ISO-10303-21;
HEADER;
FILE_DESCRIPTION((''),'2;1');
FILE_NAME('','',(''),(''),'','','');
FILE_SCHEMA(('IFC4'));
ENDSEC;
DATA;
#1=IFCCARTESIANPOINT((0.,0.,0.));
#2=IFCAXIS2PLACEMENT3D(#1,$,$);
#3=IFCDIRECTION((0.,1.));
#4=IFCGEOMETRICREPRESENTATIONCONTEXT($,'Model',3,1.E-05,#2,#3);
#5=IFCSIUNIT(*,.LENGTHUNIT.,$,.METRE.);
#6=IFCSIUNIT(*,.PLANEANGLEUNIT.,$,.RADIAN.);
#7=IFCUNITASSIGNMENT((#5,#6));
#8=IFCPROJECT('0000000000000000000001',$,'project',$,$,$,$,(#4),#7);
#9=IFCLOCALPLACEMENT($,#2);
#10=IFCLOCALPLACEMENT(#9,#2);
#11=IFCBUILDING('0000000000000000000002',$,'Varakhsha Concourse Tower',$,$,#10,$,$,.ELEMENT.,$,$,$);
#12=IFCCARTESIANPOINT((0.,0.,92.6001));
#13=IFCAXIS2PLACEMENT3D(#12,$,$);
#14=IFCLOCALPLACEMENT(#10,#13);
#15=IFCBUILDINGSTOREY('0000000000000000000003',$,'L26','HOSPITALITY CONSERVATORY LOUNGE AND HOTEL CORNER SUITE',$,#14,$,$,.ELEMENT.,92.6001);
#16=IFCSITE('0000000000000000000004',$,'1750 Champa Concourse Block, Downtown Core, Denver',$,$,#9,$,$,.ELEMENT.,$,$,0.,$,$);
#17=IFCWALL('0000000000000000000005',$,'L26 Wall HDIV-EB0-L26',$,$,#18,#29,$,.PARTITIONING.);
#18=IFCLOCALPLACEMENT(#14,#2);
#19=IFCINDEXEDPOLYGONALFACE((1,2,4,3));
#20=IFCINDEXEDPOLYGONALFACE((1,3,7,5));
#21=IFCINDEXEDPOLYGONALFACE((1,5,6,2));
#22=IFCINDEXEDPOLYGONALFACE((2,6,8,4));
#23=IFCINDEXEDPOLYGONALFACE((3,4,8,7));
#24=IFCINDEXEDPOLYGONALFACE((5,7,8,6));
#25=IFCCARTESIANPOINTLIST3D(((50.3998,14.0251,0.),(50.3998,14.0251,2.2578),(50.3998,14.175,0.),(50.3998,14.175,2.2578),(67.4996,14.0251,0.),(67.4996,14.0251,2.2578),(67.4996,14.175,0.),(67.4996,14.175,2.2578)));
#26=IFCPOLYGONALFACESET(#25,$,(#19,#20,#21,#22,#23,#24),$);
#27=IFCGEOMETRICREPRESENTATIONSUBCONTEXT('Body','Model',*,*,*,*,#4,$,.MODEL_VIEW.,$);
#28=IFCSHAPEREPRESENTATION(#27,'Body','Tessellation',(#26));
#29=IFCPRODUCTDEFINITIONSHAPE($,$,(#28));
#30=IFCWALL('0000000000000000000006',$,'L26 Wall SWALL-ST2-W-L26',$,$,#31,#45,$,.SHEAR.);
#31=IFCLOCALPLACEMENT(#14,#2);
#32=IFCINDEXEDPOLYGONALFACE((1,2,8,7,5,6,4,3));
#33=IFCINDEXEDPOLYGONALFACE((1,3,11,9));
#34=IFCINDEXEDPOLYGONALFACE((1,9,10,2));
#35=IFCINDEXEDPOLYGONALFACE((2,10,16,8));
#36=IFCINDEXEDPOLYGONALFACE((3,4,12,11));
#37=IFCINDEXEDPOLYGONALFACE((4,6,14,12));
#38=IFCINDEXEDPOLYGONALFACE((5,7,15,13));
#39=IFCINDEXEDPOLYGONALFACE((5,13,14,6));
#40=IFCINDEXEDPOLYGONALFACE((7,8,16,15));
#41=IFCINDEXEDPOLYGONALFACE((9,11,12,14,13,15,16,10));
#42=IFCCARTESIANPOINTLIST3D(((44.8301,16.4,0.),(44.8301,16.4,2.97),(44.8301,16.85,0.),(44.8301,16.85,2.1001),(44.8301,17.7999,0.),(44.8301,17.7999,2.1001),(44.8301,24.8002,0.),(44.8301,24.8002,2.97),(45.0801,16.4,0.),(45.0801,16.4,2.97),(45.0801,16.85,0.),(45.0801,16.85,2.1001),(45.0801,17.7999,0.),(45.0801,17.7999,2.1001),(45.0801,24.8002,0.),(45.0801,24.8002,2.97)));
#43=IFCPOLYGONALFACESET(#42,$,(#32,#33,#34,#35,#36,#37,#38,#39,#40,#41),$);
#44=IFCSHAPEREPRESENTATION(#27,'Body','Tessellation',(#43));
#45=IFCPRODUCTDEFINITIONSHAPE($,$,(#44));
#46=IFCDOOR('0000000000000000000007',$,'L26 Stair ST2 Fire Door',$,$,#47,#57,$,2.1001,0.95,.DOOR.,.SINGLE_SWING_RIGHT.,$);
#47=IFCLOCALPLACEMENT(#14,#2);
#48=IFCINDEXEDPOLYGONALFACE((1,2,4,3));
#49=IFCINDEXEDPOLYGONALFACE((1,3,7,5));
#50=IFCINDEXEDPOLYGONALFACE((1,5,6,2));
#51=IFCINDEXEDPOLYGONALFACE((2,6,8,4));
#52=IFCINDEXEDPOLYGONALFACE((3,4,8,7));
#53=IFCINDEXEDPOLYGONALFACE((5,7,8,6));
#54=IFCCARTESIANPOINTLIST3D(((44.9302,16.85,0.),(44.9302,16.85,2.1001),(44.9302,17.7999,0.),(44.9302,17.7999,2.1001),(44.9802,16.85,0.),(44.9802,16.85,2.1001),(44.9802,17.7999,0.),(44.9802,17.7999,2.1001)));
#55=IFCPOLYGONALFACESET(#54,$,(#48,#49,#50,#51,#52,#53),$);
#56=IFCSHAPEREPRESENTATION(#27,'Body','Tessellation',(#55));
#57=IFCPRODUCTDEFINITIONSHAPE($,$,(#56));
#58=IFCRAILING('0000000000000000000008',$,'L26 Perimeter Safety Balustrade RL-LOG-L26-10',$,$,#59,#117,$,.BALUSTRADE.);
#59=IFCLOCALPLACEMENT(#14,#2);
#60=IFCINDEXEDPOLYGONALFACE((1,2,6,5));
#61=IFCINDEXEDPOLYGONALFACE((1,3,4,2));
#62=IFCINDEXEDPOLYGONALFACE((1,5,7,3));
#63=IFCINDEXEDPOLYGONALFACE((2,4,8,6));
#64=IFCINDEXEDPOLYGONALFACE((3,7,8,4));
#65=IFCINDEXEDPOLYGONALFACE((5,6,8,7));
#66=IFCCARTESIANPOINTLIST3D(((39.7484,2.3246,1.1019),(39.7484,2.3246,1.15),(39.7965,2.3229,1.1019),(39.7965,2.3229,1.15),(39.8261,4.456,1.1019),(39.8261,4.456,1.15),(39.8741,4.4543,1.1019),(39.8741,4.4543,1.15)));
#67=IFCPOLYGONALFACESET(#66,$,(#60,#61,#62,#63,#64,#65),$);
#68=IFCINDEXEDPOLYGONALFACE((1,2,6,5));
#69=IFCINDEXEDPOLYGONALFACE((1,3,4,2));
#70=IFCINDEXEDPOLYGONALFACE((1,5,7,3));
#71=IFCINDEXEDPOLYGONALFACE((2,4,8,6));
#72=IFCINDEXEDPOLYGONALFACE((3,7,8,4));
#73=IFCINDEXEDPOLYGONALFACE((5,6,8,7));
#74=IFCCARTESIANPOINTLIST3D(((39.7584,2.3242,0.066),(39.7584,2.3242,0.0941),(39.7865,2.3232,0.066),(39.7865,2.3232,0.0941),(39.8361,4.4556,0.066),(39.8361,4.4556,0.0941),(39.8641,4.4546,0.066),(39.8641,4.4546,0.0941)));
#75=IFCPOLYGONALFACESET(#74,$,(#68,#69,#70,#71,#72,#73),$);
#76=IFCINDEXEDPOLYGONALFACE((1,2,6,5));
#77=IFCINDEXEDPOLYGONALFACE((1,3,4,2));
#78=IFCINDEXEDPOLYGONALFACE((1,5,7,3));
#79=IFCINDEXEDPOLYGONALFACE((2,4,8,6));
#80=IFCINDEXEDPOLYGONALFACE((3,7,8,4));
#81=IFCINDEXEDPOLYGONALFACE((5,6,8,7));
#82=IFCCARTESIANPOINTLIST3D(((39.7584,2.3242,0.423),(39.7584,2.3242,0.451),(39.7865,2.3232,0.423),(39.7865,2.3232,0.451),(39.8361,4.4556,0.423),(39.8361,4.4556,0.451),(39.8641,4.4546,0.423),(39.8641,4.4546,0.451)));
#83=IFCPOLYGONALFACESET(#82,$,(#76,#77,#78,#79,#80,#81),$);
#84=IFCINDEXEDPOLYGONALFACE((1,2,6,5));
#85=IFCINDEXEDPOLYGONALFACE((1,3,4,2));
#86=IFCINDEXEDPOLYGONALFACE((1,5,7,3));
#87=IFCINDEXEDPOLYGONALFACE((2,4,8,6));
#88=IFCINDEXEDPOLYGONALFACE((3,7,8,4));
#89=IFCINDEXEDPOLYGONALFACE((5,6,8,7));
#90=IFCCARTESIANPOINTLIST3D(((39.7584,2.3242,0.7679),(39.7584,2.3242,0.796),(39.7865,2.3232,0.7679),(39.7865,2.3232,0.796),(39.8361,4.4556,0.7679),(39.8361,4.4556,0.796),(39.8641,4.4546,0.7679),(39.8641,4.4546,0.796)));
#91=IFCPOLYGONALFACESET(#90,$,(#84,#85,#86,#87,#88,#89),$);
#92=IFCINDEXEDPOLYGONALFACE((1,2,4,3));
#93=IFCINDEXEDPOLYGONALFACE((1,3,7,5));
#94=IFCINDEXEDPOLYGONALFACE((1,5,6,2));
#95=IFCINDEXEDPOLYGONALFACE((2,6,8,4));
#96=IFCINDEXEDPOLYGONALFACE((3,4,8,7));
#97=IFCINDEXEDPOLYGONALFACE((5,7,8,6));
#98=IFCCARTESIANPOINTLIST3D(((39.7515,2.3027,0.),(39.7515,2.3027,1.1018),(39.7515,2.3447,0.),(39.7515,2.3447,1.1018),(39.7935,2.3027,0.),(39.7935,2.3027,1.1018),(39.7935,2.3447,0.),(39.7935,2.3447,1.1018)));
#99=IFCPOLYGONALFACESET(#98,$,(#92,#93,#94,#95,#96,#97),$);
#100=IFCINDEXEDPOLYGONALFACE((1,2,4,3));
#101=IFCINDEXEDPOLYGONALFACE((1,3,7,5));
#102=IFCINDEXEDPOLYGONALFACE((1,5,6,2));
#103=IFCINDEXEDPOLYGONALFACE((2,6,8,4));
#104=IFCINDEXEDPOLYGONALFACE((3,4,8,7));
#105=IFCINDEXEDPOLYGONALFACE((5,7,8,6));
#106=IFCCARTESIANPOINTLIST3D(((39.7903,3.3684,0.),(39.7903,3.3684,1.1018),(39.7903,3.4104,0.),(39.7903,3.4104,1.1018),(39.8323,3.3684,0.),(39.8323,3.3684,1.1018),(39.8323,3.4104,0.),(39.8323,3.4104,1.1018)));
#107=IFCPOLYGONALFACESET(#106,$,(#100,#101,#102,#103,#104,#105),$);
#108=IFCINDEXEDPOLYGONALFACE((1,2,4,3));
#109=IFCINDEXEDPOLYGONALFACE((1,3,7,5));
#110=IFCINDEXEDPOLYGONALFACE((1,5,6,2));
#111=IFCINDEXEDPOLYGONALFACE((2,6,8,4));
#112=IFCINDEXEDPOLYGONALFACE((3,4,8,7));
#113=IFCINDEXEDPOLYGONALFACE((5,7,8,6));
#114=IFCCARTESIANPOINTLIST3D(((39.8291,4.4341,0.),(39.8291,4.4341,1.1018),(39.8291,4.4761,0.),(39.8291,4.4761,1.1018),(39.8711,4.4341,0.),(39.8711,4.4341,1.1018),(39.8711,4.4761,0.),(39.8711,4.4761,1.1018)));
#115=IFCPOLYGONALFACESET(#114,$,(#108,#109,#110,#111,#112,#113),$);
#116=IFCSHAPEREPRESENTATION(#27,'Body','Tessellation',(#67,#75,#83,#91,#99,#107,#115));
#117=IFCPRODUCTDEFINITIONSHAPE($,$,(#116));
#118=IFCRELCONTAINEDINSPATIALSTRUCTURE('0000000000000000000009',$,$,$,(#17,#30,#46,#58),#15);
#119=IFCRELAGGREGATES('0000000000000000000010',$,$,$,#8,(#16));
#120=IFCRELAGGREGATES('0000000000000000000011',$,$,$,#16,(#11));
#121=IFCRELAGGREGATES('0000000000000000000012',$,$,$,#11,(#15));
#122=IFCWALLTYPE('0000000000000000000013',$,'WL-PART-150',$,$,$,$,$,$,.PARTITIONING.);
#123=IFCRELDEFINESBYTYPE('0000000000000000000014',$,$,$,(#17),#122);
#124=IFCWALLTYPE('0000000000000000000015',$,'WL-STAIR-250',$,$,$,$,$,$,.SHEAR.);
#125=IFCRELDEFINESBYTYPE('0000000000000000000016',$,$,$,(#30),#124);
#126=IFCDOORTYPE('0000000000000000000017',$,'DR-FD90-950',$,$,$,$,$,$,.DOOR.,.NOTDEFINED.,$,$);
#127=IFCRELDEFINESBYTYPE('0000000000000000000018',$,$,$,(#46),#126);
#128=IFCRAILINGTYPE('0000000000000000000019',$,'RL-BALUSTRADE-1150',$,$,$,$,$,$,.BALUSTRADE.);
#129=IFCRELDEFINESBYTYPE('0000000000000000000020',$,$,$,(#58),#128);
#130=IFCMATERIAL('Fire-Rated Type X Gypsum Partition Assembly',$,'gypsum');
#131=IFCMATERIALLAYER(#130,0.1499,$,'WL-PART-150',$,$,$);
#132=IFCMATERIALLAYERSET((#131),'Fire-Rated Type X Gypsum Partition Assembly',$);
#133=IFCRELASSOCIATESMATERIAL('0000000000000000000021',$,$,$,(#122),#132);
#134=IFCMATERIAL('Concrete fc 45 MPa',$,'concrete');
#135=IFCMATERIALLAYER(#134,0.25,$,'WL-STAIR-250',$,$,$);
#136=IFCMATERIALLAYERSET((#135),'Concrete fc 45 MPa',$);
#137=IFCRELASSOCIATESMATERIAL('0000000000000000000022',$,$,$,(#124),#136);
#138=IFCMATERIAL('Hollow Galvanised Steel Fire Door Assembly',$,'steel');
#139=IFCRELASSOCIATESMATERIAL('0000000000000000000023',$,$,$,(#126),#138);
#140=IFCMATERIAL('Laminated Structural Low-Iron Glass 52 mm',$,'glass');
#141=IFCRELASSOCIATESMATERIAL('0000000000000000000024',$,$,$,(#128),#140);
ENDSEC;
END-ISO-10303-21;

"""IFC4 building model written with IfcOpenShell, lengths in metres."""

from ifc_helpers import new_model, si_unit, direction, frame, frame_2d, origin, origin_2d, place, context, subcontext, project, spatial, rectangle, extrude, material, layer, layer_set, type_object, element, fill, save


model = new_model("IFC4")

# Units and contexts
model_context = context("Model", 3, precision=1e-05, world=origin(), true_north=direction((0.0, 1.0)))
body_context = subcontext(model_context, "Body", "Model", "MODEL_VIEW")
ifc_project = project(units=[si_unit("LENGTHUNIT", "METRE"), si_unit("PLANEANGLEUNIT", "RADIAN")], contexts=[model_context])

# Site, building, storey
site_placement = place(None, origin())
site = spatial("IfcSite", under=ifc_project, at=site_placement, Name="1750 Champa Concourse Block, Downtown Core, Denver", CompositionType="ELEMENT", RefElevation=0.0)
building_placement = place(site_placement, origin())
building = spatial("IfcBuilding", under=site, at=building_placement, Name="Varakhsha Concourse Tower", CompositionType="ELEMENT")
storey_placement = place(building_placement, frame((0.0, 0.0, 92.6001)))
storey = spatial("IfcBuildingStorey", under=building, at=storey_placement, Name="L26", Description="HOSPITALITY CONSERVATORY LOUNGE AND HOTEL CORNER SUITE", CompositionType="ELEMENT", Elevation=92.6001)

# Shared definitions
ifc_material_1 = material(Name="Concrete fc 45 MPa", Category="concrete")

# Shared definitions
ifc_material_2 = material(Name="Fire-Rated Type X Gypsum Partition Assembly", Category="gypsum")
ifc_material_3 = material(Name="Hollow Galvanised Steel Fire Door Assembly", Category="steel")

# Shared definitions
ifc_layer_1 = layer(ifc_material_2, 0.1499, Name="WL-PART-150")
ifc_layer_set_1 = layer_set([ifc_layer_1], Name="Fire-Rated Type X Gypsum Partition Assembly")
wall_type_1 = type_object("IfcWallType", Name="WL-PART-150", PredefinedType="PARTITIONING", material=ifc_layer_set_1)

# Wall
wall_1_placement = place(storey_placement, frame((50.3999, 14.1001, 0.0), z_axis=(0.0, 0.0, 1.0), x_axis=(1.0, 0.0, 0.0)))
element("IfcWall", 1, at=wall_1_placement, inside=storey, type_object=wall_type_1, Name="L26 Wall HDIV-EB0-L26", PredefinedType="PARTITIONING", context=body_context, shape_type="SweptSolid", body=[
    extrude(rectangle(XDim=17.0999, YDim=0.1499, at=frame_2d((8.5498, 0.0))), origin(), (0.0, 0.0, 1.0), 2.2578),
])

# Wall, opening, door
ifc_layer_2 = layer(ifc_material_1, 0.25, Name="WL-STAIR-250")
ifc_layer_set_2 = layer_set([ifc_layer_2], Name="Concrete fc 45 MPa")
wall_type_2 = type_object("IfcWallType", Name="WL-STAIR-250", PredefinedType="SHEAR", material=ifc_layer_set_2)
wall_2_placement = place(storey_placement, frame((44.9551, 16.3999, 0.0), z_axis=(0.0, 0.0, 1.0), x_axis=(0.0, 1.0, 0.0)))
wall_2 = element("IfcWall", 2, at=wall_2_placement, inside=storey, type_object=wall_type_2, Name="L26 Wall SWALL-ST2-W-L26", PredefinedType="SHEAR", context=body_context, shape_type="SweptSolid", body=[
    extrude(rectangle(XDim=8.4001, YDim=0.25, at=frame_2d((4.2002, 0.0))), origin(), (0.0, 0.0, 1.0), 2.97),
])
opening_1_placement = place(wall_2_placement, frame((0.45, 0.0, 0.0)))
opening_1 = element("IfcOpeningElement", 3, at=opening_1_placement, cuts=wall_2, PredefinedType="OPENING", context=body_context, shape_type="SweptSolid", body=[
    extrude(rectangle(XDim=0.95, YDim=2.1001, at=frame_2d((0.4751, 1.05))), frame((0.0, 0.135, 0.0), z_axis=(0.0, -1.0, 0.0), x_axis=(1.0, 0.0, 0.0)), (0.0, 0.0, 1.0), 0.27),
])
door_type_1 = type_object("IfcDoorType", Name="DR-FD90-950", OperationType="NOTDEFINED", PredefinedType="DOOR", material=ifc_material_3)
door_1_placement = place(opening_1_placement, origin())
door_1 = element("IfcDoor", 4, at=door_1_placement, inside=storey, type_object=door_type_1, Name="L26 Stair ST2 Fire Door", OperationType="SINGLE_SWING_RIGHT", OverallHeight=2.1001, OverallWidth=0.95, PredefinedType="DOOR", context=body_context, shape_type="SweptSolid", body=[
    extrude(rectangle(XDim=0.95, YDim=2.1001, at=frame_2d((0.4751, 1.05))), frame((0.0, 0.0249, 0.0), z_axis=(0.0, -1.0, 0.0), x_axis=(1.0, 0.0, 0.0)), (0.0, 0.0, 1.0), 0.05),
])
fill(opening_1, door_1)

# Railing
ifc_material_4 = material(Name="Laminated Structural Low-Iron Glass 52 mm", Category="glass")
railing_type = type_object("IfcRailingType", Name="RL-BALUSTRADE-1150", PredefinedType="BALUSTRADE", material=ifc_material_4)
railing_placement = place(storey_placement, frame((39.7725, 2.3237, 0.0)))
element("IfcRailing", 5, at=railing_placement, inside=storey, type_object=railing_type, Name="L26 Perimeter Safety Balustrade RL-LOG-L26-10", PredefinedType="BALUSTRADE", context=body_context, shape_type="SweptSolid", body=[
    extrude(rectangle(XDim=0.0481, YDim=0.0481, at=origin_2d()), frame((0.0, 0.0, 1.126), z_axis=(0.036402, 0.999337, 0.0), x_axis=(-0.999337, 0.036402, 0.0)), (0.0, 0.0, 1.0), 2.1328),
    extrude(rectangle(XDim=0.0281, YDim=0.0281, at=origin_2d()), frame((0.0, 0.0, 0.0801), z_axis=(0.036402, 0.999337, 0.0), x_axis=(-0.999337, 0.036402, 0.0)), (0.0, 0.0, 1.0), 2.1328),
    extrude(rectangle(XDim=0.0281, YDim=0.0281, at=origin_2d()), frame((0.0, 0.0, 0.437), z_axis=(0.036402, 0.999337, 0.0), x_axis=(-0.999337, 0.036402, 0.0)), (0.0, 0.0, 1.0), 2.1328),
    extrude(rectangle(XDim=0.0281, YDim=0.0281, at=origin_2d()), frame((0.0, 0.0, 0.782), z_axis=(0.036402, 0.999337, 0.0), x_axis=(-0.999337, 0.036402, 0.0)), (0.0, 0.0, 1.0), 2.1328),
    extrude(rectangle(XDim=0.042, YDim=0.042, at=origin_2d()), origin(), (0.0, 0.0, 1.0), 1.1018),
    extrude(rectangle(XDim=0.042, YDim=0.042, at=origin_2d()), frame((0.0388, 1.0657, 0.0)), (0.0, 0.0, 1.0), 1.1018),
    extrude(rectangle(XDim=0.042, YDim=0.042, at=origin_2d()), frame((0.0776, 2.1313, 0.0)), (0.0, 0.0, 1.0), 1.1018),
])

save(model, "model.ifc")
